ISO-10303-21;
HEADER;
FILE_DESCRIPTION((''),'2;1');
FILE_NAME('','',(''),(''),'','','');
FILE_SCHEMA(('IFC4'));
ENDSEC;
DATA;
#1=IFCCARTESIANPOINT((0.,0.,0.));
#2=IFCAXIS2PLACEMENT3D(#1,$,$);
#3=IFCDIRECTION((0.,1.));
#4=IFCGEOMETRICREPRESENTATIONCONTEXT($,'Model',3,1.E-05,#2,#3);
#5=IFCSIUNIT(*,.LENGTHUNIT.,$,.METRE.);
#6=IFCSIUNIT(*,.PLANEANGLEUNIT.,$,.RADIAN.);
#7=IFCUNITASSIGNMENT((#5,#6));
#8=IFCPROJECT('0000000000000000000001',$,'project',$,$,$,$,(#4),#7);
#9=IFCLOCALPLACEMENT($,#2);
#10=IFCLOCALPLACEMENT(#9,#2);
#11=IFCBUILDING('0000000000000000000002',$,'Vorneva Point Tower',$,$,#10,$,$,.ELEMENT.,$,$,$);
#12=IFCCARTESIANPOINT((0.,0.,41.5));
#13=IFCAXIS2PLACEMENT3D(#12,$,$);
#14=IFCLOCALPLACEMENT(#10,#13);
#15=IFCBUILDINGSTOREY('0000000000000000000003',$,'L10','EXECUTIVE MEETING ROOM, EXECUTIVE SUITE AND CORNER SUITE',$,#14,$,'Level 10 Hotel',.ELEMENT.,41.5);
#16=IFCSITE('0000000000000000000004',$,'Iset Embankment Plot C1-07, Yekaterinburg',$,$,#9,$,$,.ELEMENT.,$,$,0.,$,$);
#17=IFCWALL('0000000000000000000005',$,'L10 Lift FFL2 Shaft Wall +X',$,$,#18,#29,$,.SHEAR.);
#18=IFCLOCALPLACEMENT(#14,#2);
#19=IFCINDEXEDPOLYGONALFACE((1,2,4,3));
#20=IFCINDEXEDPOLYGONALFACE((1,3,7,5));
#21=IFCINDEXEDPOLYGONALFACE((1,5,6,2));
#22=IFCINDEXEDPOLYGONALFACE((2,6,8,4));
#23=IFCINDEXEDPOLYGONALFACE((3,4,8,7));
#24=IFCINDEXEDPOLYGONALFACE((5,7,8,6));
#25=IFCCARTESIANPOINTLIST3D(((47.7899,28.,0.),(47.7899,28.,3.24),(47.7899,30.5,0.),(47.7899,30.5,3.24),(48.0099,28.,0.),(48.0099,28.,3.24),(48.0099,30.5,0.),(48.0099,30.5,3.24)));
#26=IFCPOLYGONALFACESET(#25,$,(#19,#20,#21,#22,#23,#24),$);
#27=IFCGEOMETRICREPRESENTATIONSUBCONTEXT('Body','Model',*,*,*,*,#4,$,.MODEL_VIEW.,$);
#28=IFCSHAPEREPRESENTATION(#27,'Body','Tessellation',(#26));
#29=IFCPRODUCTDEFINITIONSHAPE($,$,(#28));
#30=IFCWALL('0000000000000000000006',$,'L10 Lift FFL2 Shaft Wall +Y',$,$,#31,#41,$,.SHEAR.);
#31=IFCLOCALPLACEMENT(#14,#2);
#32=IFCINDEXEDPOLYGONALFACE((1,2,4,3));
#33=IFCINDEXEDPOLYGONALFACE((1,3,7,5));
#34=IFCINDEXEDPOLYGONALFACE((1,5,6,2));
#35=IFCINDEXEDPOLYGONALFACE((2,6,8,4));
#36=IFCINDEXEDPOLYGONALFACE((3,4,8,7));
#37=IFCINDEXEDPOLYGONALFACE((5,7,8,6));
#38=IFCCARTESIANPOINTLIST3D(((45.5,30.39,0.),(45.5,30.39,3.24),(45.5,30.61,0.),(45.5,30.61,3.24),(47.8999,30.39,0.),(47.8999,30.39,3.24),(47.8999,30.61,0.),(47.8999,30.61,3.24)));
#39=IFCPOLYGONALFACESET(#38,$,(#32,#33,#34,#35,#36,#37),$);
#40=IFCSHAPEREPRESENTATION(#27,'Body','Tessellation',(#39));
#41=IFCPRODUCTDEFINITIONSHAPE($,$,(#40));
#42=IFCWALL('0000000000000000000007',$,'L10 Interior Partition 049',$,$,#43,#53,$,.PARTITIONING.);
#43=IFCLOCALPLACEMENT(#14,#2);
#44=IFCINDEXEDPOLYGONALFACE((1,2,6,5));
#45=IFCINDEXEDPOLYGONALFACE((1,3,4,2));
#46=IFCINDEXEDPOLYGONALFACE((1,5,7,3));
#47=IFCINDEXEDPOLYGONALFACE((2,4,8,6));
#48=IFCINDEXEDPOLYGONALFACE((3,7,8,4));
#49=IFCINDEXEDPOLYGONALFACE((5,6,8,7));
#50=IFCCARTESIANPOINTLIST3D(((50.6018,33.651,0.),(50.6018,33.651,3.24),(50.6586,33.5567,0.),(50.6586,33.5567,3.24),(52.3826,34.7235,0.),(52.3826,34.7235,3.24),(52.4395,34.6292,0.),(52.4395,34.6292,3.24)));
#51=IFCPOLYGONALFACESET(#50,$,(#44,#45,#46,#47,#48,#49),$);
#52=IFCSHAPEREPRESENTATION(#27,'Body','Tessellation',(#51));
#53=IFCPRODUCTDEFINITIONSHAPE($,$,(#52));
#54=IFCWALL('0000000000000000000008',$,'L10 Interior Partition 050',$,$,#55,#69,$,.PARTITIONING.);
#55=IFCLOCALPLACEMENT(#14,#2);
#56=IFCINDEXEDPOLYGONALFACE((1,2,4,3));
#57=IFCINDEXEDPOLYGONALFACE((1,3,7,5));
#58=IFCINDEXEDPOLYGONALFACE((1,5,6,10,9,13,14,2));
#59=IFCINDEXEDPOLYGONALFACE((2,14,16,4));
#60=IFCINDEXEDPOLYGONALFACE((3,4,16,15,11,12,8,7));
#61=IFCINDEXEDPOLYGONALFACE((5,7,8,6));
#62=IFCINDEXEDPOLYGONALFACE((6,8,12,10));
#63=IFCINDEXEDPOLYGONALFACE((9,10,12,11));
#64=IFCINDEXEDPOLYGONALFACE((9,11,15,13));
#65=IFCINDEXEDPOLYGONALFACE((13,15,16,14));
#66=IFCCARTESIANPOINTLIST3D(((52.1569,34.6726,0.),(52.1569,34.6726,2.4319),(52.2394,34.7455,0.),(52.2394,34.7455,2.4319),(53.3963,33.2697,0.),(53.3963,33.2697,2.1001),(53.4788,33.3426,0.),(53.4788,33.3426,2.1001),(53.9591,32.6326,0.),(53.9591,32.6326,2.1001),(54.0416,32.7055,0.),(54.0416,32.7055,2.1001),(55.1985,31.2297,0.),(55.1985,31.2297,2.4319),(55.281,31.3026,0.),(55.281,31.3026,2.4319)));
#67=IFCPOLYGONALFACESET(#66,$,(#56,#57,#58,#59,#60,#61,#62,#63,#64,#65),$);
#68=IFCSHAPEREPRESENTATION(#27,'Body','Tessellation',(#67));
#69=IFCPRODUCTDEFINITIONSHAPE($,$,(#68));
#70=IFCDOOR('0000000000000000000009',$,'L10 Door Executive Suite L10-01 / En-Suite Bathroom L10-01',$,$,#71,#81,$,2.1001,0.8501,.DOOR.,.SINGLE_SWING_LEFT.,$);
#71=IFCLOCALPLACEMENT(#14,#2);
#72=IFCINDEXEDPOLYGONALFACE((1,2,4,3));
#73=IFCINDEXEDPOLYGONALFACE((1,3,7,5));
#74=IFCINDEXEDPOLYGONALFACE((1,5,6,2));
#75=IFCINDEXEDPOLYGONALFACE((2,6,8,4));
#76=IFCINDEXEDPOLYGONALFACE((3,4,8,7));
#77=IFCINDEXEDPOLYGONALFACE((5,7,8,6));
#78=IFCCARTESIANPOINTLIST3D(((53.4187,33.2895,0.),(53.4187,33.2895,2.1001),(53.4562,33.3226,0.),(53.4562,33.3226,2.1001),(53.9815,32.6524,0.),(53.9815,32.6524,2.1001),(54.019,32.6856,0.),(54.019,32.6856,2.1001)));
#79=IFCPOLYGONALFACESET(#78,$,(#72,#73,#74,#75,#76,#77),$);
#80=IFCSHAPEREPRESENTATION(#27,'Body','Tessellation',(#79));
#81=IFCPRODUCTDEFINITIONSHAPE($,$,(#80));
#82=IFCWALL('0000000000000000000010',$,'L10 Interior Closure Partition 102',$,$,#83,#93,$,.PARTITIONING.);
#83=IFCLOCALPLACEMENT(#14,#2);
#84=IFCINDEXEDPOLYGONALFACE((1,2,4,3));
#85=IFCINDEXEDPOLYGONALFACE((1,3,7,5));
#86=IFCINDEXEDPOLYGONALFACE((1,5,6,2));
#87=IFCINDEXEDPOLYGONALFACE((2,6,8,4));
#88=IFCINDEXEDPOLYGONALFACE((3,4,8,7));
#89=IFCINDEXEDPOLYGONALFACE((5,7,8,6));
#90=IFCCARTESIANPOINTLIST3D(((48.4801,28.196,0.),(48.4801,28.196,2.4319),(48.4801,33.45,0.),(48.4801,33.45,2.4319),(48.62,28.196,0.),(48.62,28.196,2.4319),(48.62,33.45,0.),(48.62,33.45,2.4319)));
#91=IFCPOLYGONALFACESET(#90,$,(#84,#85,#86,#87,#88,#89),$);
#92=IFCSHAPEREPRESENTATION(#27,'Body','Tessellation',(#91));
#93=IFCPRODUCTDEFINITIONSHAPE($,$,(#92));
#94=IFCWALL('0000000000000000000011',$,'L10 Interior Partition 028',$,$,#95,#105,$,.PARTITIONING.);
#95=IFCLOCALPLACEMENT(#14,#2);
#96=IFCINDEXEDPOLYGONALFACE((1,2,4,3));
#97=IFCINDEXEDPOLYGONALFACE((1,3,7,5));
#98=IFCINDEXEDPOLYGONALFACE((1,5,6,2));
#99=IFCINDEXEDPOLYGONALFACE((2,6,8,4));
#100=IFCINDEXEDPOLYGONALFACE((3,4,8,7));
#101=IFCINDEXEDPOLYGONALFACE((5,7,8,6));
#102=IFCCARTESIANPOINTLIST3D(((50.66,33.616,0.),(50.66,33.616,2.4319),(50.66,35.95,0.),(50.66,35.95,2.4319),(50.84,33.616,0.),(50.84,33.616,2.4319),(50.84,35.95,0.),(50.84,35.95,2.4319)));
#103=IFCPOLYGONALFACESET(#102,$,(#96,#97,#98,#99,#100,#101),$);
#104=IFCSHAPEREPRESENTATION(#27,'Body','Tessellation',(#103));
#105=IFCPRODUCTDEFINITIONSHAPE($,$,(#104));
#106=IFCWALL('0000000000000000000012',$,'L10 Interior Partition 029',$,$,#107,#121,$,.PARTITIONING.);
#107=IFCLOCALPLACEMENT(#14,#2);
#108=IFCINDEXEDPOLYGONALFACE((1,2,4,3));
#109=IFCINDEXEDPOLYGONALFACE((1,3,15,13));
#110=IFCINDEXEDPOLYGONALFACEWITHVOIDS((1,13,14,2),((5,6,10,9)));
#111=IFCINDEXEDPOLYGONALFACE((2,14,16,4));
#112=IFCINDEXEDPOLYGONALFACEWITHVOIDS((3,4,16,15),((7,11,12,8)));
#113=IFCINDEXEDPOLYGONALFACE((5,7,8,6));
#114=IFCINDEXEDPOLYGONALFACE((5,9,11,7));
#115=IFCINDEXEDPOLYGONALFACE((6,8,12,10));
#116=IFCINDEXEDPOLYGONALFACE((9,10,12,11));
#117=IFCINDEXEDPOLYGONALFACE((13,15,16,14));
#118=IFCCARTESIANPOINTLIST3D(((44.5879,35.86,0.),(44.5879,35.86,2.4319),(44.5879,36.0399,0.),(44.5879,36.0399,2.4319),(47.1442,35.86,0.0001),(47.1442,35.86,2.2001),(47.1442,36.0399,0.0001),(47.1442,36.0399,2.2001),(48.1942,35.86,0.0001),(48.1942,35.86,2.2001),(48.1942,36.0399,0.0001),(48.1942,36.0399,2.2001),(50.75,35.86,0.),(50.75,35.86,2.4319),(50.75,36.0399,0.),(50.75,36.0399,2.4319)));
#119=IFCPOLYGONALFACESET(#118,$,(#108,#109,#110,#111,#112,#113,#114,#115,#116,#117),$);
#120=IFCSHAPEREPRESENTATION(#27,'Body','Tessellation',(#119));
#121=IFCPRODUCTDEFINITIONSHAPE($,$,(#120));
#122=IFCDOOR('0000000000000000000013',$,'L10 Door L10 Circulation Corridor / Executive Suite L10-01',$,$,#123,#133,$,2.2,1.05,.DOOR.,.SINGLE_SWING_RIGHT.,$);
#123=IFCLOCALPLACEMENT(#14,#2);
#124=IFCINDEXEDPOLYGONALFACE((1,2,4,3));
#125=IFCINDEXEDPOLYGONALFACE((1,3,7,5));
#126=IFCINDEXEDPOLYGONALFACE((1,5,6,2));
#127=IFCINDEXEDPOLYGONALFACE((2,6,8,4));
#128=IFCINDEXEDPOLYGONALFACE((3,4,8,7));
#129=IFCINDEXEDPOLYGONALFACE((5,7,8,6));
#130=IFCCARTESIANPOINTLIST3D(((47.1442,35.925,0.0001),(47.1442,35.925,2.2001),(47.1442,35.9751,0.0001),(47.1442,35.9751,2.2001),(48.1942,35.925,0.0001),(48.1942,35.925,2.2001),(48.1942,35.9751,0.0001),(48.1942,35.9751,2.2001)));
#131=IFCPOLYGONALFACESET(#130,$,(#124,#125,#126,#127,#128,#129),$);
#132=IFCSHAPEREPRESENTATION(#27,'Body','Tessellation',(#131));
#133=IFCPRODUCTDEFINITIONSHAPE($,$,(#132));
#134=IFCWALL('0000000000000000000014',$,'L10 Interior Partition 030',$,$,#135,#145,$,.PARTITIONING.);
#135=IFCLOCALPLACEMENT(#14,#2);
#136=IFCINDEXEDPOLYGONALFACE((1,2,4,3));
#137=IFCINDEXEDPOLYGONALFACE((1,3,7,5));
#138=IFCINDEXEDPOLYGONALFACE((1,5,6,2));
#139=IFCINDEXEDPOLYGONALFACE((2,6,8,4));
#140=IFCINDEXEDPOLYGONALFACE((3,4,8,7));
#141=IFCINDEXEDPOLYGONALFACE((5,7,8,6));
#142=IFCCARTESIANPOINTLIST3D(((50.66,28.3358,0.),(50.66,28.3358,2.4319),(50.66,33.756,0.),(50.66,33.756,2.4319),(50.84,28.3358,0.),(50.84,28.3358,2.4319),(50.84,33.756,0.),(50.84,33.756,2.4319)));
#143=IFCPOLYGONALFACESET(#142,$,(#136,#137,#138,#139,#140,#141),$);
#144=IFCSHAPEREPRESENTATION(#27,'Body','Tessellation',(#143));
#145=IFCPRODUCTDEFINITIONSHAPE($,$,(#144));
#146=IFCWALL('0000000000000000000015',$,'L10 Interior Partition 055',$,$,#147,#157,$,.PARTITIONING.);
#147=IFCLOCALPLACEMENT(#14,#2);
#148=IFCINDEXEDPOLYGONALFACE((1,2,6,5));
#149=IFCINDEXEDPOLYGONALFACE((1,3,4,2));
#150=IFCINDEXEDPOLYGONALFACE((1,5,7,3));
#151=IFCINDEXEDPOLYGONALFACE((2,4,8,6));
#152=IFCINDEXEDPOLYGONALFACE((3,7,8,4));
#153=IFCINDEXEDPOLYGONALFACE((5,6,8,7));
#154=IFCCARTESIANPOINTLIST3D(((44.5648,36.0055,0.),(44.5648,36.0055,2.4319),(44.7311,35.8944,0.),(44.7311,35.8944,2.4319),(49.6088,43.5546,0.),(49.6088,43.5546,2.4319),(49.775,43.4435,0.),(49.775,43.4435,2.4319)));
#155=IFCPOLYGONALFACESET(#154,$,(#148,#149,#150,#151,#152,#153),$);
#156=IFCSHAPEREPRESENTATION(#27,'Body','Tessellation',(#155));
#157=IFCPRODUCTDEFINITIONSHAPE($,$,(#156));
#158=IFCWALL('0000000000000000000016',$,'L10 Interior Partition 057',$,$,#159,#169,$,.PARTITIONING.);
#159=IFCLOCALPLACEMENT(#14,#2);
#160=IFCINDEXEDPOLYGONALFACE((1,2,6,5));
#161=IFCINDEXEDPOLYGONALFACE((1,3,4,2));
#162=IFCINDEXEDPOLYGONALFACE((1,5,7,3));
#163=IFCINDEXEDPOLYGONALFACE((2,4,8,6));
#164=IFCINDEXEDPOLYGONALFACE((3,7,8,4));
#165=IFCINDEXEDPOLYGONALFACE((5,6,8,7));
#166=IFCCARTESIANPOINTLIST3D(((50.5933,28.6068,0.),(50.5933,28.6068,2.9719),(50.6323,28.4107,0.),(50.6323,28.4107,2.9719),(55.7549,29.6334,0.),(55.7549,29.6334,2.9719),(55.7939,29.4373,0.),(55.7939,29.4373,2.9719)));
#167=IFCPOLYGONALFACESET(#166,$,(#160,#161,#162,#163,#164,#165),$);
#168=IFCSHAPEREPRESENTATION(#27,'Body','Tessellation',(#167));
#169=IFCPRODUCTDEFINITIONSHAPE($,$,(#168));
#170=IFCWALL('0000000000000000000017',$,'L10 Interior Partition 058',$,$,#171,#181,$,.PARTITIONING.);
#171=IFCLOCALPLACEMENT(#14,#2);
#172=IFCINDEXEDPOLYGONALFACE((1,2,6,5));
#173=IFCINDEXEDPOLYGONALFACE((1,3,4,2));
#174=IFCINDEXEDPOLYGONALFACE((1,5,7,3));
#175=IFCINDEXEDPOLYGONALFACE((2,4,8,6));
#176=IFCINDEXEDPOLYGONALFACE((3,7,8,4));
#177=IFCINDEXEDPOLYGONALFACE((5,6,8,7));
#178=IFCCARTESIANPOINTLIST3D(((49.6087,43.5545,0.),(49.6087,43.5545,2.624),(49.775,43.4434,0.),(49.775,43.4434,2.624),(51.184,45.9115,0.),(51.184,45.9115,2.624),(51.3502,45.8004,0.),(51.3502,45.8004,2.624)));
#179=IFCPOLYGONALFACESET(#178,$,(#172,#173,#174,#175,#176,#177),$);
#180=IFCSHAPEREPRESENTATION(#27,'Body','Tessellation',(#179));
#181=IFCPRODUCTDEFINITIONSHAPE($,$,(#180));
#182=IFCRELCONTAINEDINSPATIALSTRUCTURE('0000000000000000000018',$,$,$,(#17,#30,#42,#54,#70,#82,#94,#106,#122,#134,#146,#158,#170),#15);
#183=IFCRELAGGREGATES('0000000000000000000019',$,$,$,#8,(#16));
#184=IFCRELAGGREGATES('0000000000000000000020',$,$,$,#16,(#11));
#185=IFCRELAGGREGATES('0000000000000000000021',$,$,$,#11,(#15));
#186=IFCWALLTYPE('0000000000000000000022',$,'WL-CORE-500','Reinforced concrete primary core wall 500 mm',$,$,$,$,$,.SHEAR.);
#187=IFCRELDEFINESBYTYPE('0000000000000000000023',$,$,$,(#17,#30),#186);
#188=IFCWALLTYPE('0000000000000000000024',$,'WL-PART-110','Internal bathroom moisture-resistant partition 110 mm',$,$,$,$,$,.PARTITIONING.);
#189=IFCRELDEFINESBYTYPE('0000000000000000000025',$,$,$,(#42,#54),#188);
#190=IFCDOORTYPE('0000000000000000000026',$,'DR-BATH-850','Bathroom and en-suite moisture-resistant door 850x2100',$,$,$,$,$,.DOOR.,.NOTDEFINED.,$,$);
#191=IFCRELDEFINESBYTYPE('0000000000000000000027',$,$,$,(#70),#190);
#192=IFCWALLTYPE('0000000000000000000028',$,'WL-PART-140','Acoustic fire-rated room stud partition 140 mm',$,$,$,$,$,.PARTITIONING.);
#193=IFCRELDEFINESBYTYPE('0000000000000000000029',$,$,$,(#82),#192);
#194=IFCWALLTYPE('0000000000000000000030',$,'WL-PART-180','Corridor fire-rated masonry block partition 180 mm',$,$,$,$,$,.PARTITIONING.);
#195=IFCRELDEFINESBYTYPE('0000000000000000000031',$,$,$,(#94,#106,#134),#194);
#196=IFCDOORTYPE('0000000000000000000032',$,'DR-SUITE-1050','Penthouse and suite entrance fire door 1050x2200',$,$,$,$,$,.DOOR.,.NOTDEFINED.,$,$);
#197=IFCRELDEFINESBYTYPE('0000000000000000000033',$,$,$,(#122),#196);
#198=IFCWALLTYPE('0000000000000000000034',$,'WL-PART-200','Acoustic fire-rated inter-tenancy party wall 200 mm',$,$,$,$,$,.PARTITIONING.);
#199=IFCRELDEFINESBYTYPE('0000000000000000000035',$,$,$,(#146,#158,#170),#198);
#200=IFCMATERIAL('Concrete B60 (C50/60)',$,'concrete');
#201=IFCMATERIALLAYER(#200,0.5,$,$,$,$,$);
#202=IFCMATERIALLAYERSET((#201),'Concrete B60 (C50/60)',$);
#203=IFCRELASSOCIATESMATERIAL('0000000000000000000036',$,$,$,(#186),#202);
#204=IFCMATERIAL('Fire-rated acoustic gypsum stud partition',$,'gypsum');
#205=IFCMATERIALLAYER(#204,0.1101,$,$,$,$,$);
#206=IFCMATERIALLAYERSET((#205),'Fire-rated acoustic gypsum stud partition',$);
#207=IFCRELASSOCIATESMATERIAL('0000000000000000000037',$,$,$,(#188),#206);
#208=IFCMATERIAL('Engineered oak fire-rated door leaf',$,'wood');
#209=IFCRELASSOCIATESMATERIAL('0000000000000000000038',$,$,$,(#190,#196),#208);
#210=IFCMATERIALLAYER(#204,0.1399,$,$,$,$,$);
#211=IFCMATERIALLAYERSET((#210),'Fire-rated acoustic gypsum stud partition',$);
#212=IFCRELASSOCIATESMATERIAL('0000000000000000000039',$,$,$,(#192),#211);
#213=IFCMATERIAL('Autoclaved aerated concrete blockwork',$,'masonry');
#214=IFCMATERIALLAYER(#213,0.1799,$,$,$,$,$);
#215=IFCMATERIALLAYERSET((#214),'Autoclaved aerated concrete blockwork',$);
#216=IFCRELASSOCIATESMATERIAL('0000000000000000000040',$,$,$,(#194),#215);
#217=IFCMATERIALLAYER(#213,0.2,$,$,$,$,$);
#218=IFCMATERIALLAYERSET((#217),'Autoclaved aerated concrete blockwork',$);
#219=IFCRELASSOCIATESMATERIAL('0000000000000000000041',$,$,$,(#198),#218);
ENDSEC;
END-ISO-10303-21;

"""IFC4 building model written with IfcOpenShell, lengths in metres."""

from ifc_helpers import new_model, si_unit, direction, frame, frame_2d, origin, place, context, subcontext, project, spatial, rectangle, extrude, material, layer, layer_set, type_object, element, fill, save


model = new_model("IFC4")

# Units and contexts
model_context = context("Model", 3, precision=1e-05, world=origin(), true_north=direction((0.0, 1.0)))
body_context = subcontext(model_context, "Body", "Model", "MODEL_VIEW")
ifc_project = project(units=[si_unit("LENGTHUNIT", "METRE"), si_unit("PLANEANGLEUNIT", "RADIAN")], contexts=[model_context])

# Site, building, storey
site_placement = place(None, origin())
site = spatial("IfcSite", under=ifc_project, at=site_placement, Name="Iset Embankment Plot C1-07, Yekaterinburg", CompositionType="ELEMENT", RefElevation=0.0)
building_placement = place(site_placement, origin())
building = spatial("IfcBuilding", under=site, at=building_placement, Name="Vorneva Point Tower", CompositionType="ELEMENT")
storey_placement = place(building_placement, frame((0.0, 0.0, 41.5)))
storey = spatial("IfcBuildingStorey", under=building, at=storey_placement, Name="L10", Description="EXECUTIVE MEETING ROOM, EXECUTIVE SUITE AND CORNER SUITE", LongName="Level 10 Hotel", CompositionType="ELEMENT", Elevation=41.5)

# Shared definitions
ifc_material_1 = material(Name="Concrete B60 (C50/60)", Category="concrete")

# Walls
ifc_layer_1 = layer(ifc_material_1, 0.5)
ifc_layer_set_1 = layer_set([ifc_layer_1], Name="Concrete B60 (C50/60)")
wall_type_1 = type_object("IfcWallType", Name="WL-CORE-500", Description="Reinforced concrete primary core wall 500 mm", PredefinedType="SHEAR", material=ifc_layer_set_1)
wall_1_placement = place(storey_placement, frame((47.8999, 28.0, 0.0), z_axis=(0.0, 0.0, 1.0), x_axis=(0.0, 1.0, 0.0)))
element("IfcWall", 1, at=wall_1_placement, inside=storey, type_object=wall_type_1, Name="L10 Lift FFL2 Shaft Wall +X", PredefinedType="SHEAR", context=body_context, shape_type="SweptSolid", body=[
    extrude(rectangle(XDim=2.5, YDim=0.22, at=frame_2d((1.25, 0.0))), origin(), (0.0, 0.0, 1.0), 3.24),
])
wall_2_placement = place(storey_placement, frame((47.8999, 30.5, 0.0), z_axis=(0.0, 0.0, 1.0), x_axis=(-1.0, 0.0, 0.0)))
element("IfcWall", 2, at=wall_2_placement, inside=storey, type_object=wall_type_1, Name="L10 Lift FFL2 Shaft Wall +Y", PredefinedType="SHEAR", context=body_context, shape_type="SweptSolid", body=[
    extrude(rectangle(XDim=2.3999, YDim=0.22, at=frame_2d((1.2, 0.0))), origin(), (0.0, 0.0, 1.0), 3.24),
])
ifc_material_2 = material(Name="Fire-rated acoustic gypsum stud partition", Category="gypsum")
ifc_layer_2 = layer(ifc_material_2, 0.1101)
ifc_layer_set_2 = layer_set([ifc_layer_2], Name="Fire-rated acoustic gypsum stud partition")
wall_type_2 = type_object("IfcWallType", Name="WL-PART-110", Description="Internal bathroom moisture-resistant partition 110 mm", PredefinedType="PARTITIONING", material=ifc_layer_set_2)
wall_3_placement = place(storey_placement, frame((50.6301, 33.6038, 0.0), z_axis=(0.0, 0.0, 1.0), x_axis=(0.856632, 0.515929, 0.0)))
element("IfcWall", 3, at=wall_3_placement, inside=storey, type_object=wall_type_2, Name="L10 Interior Partition 049", PredefinedType="PARTITIONING", context=body_context, shape_type="SweptSolid", body=[
    extrude(rectangle(XDim=2.0789, YDim=0.1101, at=frame_2d((1.0396, 0.0))), origin(), (0.0, 0.0, 1.0), 3.24),
])

# Wall, opening, door
wall_4_placement = place(storey_placement, frame((52.1982, 34.709, 0.0), z_axis=(0.0, 0.0, 1.0), x_axis=(0.662071, -0.749441, 0.0)))
wall_4 = element("IfcWall", 4, at=wall_4_placement, inside=storey, type_object=wall_type_2, Name="L10 Interior Partition 050", PredefinedType="PARTITIONING", context=body_context, shape_type="SweptSolid", body=[
    extrude(rectangle(XDim=4.594, YDim=0.1101, at=frame_2d((2.2969, 0.0))), origin(), (0.0, 0.0, 1.0), 2.4319),
])
opening_1_placement = place(wall_4_placement, frame((1.8718, 0.0, 0.0)))
opening_1 = element("IfcOpeningElement", 5, at=opening_1_placement, cuts=wall_4, PredefinedType="OPENING", context=body_context, shape_type="SweptSolid", body=[
    extrude(rectangle(XDim=0.8501, YDim=2.1001, at=frame_2d((0.425, 1.05))), frame((0.0, 0.0698, 0.0), z_axis=(0.0, -1.0, 0.0), x_axis=(1.0, 0.0, 0.0)), (0.0, 0.0, 1.0), 0.1399),
])
ifc_material_3 = material(Name="Engineered oak fire-rated door leaf", Category="wood")
door_type_1 = type_object("IfcDoorType", Name="DR-BATH-850", Description="Bathroom and en-suite moisture-resistant door 850x2100", OperationType="NOTDEFINED", PredefinedType="DOOR", material=ifc_material_3)
door_1_placement = place(opening_1_placement, origin())
door_1 = element("IfcDoor", 6, at=door_1_placement, inside=storey, type_object=door_type_1, Name="L10 Door Executive Suite L10-01 / En-Suite Bathroom L10-01", OperationType="SINGLE_SWING_LEFT", OverallHeight=2.1001, OverallWidth=0.8501, PredefinedType="DOOR", context=body_context, shape_type="SweptSolid", body=[
    extrude(rectangle(XDim=0.8501, YDim=2.1001, at=frame_2d((0.425, 1.05))), frame((0.0, 0.0249, 0.0), z_axis=(0.0, -1.0, 0.0), x_axis=(1.0, 0.0, 0.0)), (0.0, 0.0, 1.0), 0.05),
])
fill(opening_1, door_1)

# Walls
ifc_layer_3 = layer(ifc_material_2, 0.1399)
ifc_layer_set_3 = layer_set([ifc_layer_3], Name="Fire-rated acoustic gypsum stud partition")
wall_type_3 = type_object("IfcWallType", Name="WL-PART-140", Description="Acoustic fire-rated room stud partition 140 mm", PredefinedType="PARTITIONING", material=ifc_layer_set_3)
wall_5_placement = place(storey_placement, frame((48.55, 33.45, 0.0), z_axis=(0.0, 0.0, 1.0), x_axis=(0.0, -1.0, 0.0)))
element("IfcWall", 7, at=wall_5_placement, inside=storey, type_object=wall_type_3, Name="L10 Interior Closure Partition 102", PredefinedType="PARTITIONING", context=body_context, shape_type="SweptSolid", body=[
    extrude(rectangle(XDim=5.2539, YDim=0.1399, at=frame_2d((2.627, 0.0))), origin(), (0.0, 0.0, 1.0), 2.4319),
])
ifc_material_4 = material(Name="Autoclaved aerated concrete blockwork", Category="masonry")
ifc_layer_4 = layer(ifc_material_4, 0.1799)
ifc_layer_set_4 = layer_set([ifc_layer_4], Name="Autoclaved aerated concrete blockwork")
wall_type_4 = type_object("IfcWallType", Name="WL-PART-180", Description="Corridor fire-rated masonry block partition 180 mm", PredefinedType="PARTITIONING", material=ifc_layer_set_4)
wall_6_placement = place(storey_placement, frame((50.75, 33.616, 0.0), z_axis=(0.0, 0.0, 1.0), x_axis=(0.0, 1.0, 0.0)))
element("IfcWall", 8, at=wall_6_placement, inside=storey, type_object=wall_type_4, Name="L10 Interior Partition 028", PredefinedType="PARTITIONING", context=body_context, shape_type="SweptSolid", body=[
    extrude(rectangle(XDim=2.334, YDim=0.1799, at=frame_2d((1.167, 0.0))), origin(), (0.0, 0.0, 1.0), 2.4319),
])

# Wall, opening, door
wall_7_placement = place(storey_placement, frame((50.75, 35.95, 0.0), z_axis=(0.0, 0.0, 1.0), x_axis=(-1.0, 0.0, 0.0)))
wall_7 = element("IfcWall", 9, at=wall_7_placement, inside=storey, type_object=wall_type_4, Name="L10 Interior Partition 029", PredefinedType="PARTITIONING", context=body_context, shape_type="SweptSolid", body=[
    extrude(rectangle(XDim=6.1621, YDim=0.1799, at=frame_2d((3.0811, 0.0))), origin(), (0.0, 0.0, 1.0), 2.4319),
])
opening_2_placement = place(wall_7_placement, frame((2.5559, 0.0, 0.0)))
opening_2 = element("IfcOpeningElement", 10, at=opening_2_placement, cuts=wall_7, PredefinedType="OPENING", context=body_context, shape_type="SweptSolid", body=[
    extrude(rectangle(XDim=1.05, YDim=2.2, at=frame_2d((0.5249, 1.1001))), frame((0.0, 0.105, 0.0), z_axis=(0.0, -1.0, 0.0), x_axis=(1.0, 0.0, 0.0)), (0.0, 0.0, 1.0), 0.2097),
])
door_type_2 = type_object("IfcDoorType", Name="DR-SUITE-1050", Description="Penthouse and suite entrance fire door 1050x2200", OperationType="NOTDEFINED", PredefinedType="DOOR", material=ifc_material_3)
door_2_placement = place(opening_2_placement, origin())
door_2 = element("IfcDoor", 11, at=door_2_placement, inside=storey, type_object=door_type_2, Name="L10 Door L10 Circulation Corridor / Executive Suite L10-01", OperationType="SINGLE_SWING_RIGHT", OverallHeight=2.2, OverallWidth=1.05, PredefinedType="DOOR", context=body_context, shape_type="SweptSolid", body=[
    extrude(rectangle(XDim=1.05, YDim=2.2, at=frame_2d((0.5249, 1.1001))), frame((0.0, 0.0249, 0.0), z_axis=(0.0, -1.0, 0.0), x_axis=(1.0, 0.0, 0.0)), (0.0, 0.0, 1.0), 0.05),
])
fill(opening_2, door_2)

# Walls
wall_8_placement = place(storey_placement, frame((50.75, 28.3359, 0.0), z_axis=(0.0, 0.0, 1.0), x_axis=(0.0, 1.0, 0.0)))
element("IfcWall", 12, at=wall_8_placement, inside=storey, type_object=wall_type_4, Name="L10 Interior Partition 030", PredefinedType="PARTITIONING", context=body_context, shape_type="SweptSolid", body=[
    extrude(rectangle(XDim=5.4202, YDim=0.1799, at=frame_2d((2.71, 0.0))), origin(), (0.0, 0.0, 1.0), 2.4319),
])
ifc_layer_5 = layer(ifc_material_4, 0.2)
ifc_layer_set_5 = layer_set([ifc_layer_5], Name="Autoclaved aerated concrete blockwork")
wall_type_5 = type_object("IfcWallType", Name="WL-PART-200", Description="Acoustic fire-rated inter-tenancy party wall 200 mm", PredefinedType="PARTITIONING", material=ifc_layer_set_5)
wall_9_placement = place(storey_placement, frame((49.6919, 43.499, 0.0), z_axis=(0.0, 0.0, 1.0), x_axis=(-0.555556, -0.831479, 0.0)))
element("IfcWall", 13, at=wall_9_placement, inside=storey, type_object=wall_type_5, Name="L10 Interior Partition 055", PredefinedType="PARTITIONING", context=body_context, shape_type="SweptSolid", body=[
    extrude(rectangle(XDim=9.0791, YDim=0.2, at=frame_2d((4.5396, 0.0))), origin(), (0.0, 0.0, 1.0), 2.4319),
])
wall_10_placement = place(storey_placement, frame((50.6128, 28.5088, 0.0), z_axis=(0.0, 0.0, 1.0), x_axis=(0.980789, 0.195072, 0.0)))
element("IfcWall", 14, at=wall_10_placement, inside=storey, type_object=wall_type_5, Name="L10 Interior Partition 057", PredefinedType="PARTITIONING", context=body_context, shape_type="SweptSolid", body=[
    extrude(rectangle(XDim=5.2627, YDim=0.2, at=frame_2d((2.6313, 0.0))), origin(), (0.0, 0.0, 1.0), 2.9719),
])
wall_11_placement = place(storey_placement, frame((51.2671, 45.856, 0.0), z_axis=(0.0, 0.0, 1.0), x_axis=(-0.555654, -0.831414, 0.0)))
element("IfcWall", 15, at=wall_11_placement, inside=storey, type_object=wall_type_5, Name="L10 Interior Partition 058", PredefinedType="PARTITIONING", context=body_context, shape_type="SweptSolid", body=[
    extrude(rectangle(XDim=2.835, YDim=0.2, at=frame_2d((1.4175, 0.0))), origin(), (0.0, 0.0, 1.0), 2.624),
])

save(model, "model.ifc")
